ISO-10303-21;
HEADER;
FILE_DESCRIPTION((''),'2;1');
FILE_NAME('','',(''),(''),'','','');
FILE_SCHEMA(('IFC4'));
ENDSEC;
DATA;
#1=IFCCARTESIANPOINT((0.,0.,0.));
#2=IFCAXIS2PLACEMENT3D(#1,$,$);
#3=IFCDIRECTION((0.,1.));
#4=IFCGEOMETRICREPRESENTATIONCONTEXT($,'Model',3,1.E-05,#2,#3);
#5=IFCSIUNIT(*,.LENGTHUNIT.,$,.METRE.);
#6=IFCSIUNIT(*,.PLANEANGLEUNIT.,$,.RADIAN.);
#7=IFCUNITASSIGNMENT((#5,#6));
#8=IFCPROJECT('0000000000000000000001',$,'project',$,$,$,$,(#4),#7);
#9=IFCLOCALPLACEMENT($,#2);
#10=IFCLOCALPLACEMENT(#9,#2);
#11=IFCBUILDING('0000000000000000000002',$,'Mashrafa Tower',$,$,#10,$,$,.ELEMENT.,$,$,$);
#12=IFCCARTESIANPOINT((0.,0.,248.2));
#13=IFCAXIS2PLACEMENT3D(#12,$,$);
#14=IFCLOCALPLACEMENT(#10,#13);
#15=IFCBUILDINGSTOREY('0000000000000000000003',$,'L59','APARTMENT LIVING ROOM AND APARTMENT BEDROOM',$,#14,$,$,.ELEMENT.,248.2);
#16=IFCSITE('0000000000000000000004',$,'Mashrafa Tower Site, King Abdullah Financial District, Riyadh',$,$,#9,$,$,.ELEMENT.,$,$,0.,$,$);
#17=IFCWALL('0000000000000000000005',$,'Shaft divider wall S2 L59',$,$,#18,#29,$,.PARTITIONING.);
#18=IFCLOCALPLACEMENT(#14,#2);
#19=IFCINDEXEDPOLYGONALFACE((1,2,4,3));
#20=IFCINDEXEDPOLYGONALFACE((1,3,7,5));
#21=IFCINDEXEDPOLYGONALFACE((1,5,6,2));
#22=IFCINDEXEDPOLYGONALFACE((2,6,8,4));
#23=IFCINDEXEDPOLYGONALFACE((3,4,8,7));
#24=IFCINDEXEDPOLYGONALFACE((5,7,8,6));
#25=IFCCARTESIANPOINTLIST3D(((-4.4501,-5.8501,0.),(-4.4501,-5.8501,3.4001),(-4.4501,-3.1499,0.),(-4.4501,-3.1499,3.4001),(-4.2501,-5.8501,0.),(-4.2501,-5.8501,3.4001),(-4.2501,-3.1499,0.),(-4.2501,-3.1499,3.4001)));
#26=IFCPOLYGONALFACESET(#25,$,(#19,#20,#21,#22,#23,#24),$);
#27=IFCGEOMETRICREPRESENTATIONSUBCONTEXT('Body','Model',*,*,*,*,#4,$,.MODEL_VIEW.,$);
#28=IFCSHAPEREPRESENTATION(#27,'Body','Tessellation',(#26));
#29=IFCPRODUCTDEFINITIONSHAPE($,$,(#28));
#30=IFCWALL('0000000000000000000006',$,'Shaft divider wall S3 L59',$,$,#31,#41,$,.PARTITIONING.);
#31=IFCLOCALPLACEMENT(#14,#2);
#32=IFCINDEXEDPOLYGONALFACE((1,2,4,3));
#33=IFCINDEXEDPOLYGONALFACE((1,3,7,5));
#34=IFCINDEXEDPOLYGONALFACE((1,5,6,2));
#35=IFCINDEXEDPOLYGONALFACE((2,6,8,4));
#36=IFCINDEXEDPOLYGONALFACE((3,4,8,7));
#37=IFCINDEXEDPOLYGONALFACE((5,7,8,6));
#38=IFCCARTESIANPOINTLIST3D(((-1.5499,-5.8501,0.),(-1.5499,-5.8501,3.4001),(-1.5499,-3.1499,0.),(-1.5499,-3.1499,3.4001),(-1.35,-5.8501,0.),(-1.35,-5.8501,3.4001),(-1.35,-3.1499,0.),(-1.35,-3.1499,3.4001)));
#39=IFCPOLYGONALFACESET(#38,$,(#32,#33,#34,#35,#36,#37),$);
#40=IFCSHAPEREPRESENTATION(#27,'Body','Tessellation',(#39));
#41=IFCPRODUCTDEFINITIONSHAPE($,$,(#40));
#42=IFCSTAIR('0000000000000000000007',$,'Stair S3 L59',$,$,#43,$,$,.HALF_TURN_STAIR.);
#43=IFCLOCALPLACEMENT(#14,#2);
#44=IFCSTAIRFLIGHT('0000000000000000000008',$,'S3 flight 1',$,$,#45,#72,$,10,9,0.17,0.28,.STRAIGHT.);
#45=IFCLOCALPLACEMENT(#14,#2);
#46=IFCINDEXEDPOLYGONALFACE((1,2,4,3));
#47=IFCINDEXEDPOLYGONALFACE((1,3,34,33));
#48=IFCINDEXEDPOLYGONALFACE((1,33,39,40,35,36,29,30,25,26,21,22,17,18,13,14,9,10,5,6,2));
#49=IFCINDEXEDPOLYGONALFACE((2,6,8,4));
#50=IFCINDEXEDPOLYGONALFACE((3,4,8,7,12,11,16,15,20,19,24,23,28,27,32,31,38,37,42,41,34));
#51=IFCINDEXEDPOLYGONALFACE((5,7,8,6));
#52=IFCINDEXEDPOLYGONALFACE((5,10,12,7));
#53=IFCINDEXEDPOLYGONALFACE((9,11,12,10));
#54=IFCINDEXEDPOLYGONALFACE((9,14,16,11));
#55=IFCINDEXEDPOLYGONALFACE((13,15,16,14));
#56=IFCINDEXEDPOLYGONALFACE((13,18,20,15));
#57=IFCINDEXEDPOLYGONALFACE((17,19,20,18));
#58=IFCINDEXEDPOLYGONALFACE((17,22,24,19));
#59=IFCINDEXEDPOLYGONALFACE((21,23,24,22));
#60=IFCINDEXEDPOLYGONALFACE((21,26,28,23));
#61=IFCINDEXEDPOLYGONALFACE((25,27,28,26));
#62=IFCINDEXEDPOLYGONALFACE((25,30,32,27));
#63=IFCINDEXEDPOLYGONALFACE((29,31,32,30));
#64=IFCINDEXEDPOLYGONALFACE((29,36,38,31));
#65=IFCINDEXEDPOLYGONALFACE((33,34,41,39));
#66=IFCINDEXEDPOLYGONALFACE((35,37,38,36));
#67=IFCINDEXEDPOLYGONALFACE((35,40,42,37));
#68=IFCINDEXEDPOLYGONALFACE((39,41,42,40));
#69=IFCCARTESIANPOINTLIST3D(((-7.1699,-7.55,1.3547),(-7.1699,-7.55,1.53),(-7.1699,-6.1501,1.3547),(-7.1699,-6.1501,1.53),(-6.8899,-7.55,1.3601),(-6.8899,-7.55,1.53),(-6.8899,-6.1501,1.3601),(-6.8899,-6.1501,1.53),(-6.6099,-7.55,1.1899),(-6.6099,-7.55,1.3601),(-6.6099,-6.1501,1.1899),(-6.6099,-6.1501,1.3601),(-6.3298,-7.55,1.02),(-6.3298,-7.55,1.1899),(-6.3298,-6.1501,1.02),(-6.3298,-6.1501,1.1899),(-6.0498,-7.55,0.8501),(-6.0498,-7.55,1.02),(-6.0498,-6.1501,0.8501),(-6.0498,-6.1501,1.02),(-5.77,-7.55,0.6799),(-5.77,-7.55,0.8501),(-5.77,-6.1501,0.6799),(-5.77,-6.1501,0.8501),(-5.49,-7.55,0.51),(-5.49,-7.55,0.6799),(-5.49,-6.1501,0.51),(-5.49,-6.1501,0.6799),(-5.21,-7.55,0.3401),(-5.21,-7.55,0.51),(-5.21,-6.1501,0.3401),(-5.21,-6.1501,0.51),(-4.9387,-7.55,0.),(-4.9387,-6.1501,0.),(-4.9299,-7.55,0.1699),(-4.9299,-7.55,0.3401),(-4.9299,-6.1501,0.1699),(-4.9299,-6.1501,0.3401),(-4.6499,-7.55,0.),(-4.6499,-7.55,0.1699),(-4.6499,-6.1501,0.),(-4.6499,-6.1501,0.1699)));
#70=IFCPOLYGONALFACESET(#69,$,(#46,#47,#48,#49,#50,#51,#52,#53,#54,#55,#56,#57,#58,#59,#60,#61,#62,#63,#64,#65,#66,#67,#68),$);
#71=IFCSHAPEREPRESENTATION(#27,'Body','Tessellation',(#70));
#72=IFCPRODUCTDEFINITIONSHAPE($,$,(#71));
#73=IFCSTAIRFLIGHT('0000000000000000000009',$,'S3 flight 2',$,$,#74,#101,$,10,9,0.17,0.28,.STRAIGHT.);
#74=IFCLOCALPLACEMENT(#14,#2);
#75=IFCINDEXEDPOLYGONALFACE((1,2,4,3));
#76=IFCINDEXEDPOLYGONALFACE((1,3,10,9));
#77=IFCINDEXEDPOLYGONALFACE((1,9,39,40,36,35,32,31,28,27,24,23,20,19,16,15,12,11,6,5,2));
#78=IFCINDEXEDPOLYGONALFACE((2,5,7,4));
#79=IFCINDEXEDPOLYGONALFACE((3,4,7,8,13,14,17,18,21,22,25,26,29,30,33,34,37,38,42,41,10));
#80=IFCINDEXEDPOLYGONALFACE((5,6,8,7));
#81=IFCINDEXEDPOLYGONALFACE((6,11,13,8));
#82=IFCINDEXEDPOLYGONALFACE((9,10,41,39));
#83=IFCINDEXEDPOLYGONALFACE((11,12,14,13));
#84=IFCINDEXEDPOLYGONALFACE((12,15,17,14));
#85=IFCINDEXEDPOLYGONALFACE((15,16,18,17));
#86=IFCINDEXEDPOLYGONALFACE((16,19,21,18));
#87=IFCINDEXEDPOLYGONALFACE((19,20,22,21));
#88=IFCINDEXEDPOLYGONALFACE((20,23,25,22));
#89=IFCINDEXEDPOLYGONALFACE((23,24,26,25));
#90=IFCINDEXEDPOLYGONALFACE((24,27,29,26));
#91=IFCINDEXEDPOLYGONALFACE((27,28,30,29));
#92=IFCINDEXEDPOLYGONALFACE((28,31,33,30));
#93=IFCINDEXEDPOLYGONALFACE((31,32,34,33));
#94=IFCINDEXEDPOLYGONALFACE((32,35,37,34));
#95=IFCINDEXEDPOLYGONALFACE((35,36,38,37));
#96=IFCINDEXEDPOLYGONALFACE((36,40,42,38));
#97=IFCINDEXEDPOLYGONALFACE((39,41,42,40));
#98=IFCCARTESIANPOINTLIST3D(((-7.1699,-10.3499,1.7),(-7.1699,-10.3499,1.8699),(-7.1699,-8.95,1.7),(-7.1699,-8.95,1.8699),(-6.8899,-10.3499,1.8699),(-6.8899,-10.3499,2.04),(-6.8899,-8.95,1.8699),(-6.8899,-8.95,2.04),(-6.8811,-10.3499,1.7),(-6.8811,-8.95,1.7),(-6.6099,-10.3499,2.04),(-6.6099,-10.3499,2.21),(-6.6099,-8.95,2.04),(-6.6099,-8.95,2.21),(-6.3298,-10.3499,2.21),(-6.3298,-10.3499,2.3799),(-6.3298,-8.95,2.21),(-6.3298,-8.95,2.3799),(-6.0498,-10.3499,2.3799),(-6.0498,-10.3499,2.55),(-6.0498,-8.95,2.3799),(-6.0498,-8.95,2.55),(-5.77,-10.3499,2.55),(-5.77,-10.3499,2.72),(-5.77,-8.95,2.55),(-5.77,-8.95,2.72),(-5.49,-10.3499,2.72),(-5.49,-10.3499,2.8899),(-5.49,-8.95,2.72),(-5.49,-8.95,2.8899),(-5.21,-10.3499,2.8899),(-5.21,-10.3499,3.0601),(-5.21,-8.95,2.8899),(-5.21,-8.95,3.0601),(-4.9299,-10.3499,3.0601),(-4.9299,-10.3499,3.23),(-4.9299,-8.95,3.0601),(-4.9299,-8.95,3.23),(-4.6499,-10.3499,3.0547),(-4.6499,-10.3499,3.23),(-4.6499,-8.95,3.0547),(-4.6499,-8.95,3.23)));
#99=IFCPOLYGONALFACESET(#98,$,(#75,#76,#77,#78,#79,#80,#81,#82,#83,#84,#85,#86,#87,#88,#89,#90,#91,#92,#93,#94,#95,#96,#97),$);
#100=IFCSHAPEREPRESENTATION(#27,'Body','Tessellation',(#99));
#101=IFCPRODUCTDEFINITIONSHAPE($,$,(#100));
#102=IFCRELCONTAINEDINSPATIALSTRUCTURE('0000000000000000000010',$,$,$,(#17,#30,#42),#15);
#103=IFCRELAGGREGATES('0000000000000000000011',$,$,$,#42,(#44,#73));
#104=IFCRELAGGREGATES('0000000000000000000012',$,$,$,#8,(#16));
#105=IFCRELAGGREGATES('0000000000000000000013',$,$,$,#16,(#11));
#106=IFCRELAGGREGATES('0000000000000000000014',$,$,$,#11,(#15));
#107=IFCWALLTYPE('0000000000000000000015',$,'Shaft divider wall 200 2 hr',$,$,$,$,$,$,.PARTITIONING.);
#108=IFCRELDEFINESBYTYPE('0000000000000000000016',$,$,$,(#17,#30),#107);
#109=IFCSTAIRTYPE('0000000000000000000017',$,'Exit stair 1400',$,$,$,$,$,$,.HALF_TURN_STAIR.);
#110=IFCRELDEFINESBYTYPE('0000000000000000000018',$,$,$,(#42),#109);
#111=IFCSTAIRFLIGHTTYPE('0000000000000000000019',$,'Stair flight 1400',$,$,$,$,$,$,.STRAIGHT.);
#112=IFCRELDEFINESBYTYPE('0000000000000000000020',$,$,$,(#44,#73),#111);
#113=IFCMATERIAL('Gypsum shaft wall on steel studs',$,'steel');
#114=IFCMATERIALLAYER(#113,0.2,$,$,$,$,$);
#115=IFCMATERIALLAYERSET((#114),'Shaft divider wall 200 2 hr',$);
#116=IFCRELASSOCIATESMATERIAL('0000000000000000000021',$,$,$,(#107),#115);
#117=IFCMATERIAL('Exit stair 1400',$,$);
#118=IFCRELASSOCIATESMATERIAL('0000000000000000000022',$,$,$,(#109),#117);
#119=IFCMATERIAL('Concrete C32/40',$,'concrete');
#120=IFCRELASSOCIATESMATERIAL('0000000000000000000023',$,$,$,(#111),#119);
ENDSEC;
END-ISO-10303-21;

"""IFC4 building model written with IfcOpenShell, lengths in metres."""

from ifc_helpers import new_model, si_unit, direction, frame, frame_2d, origin, place, context, subcontext, project, spatial, polyline, rectangle, outline, extrude, material, layer, layer_set, type_object, element, aggregate, save


model = new_model("IFC4")

# Units and contexts
model_context = context("Model", 3, precision=1e-05, world=origin(), true_north=direction((0.0, 1.0)))
body_context = subcontext(model_context, "Body", "Model", "MODEL_VIEW")
ifc_project = project(units=[si_unit("LENGTHUNIT", "METRE"), si_unit("PLANEANGLEUNIT", "RADIAN")], contexts=[model_context])

# Site, building, storey
site_placement = place(None, origin())
site = spatial("IfcSite", under=ifc_project, at=site_placement, Name="Mashrafa Tower Site, King Abdullah Financial District, Riyadh", CompositionType="ELEMENT", RefElevation=0.0)
building_placement = place(site_placement, origin())
building = spatial("IfcBuilding", under=site, at=building_placement, Name="Mashrafa Tower", CompositionType="ELEMENT")
storey_placement = place(building_placement, frame((0.0, 0.0, 248.2)))
storey = spatial("IfcBuildingStorey", under=building, at=storey_placement, Name="L59", Description="APARTMENT LIVING ROOM AND APARTMENT BEDROOM", CompositionType="ELEMENT", Elevation=248.2)

# Walls
ifc_material_1 = material(Name="Gypsum shaft wall on steel studs", Category="steel")
ifc_layer_1 = layer(ifc_material_1, 0.2)
ifc_layer_set_1 = layer_set([ifc_layer_1], Name="Shaft divider wall 200 2 hr")
wall_type_1 = type_object("IfcWallType", Name="Shaft divider wall 200 2 hr", PredefinedType="PARTITIONING", material=ifc_layer_set_1)
for number, where, z_axis, x_axis, name in (
    (1, (-4.3501, -5.8501, 0.0), (0.0, 0.0, 1.0), (0.0, 1.0, 0.0), "Shaft divider wall S2 L59"),
    (2, (-1.45, -5.8501, 0.0), (0.0, 0.0, 1.0), (0.0, 1.0, 0.0), "Shaft divider wall S3 L59"),
):
    element("IfcWall", number, at=place(storey_placement, frame(where, z_axis=z_axis, x_axis=x_axis)), inside=storey, type_object=wall_type_1, Name=name, PredefinedType="PARTITIONING", context=body_context, shape_type="SweptSolid", body=[
        extrude(rectangle(XDim=2.7002, YDim=0.2, at=frame_2d((1.3501, 0.0))), origin(), (0.0, 0.0, 1.0), 3.4001),
    ])

# Stair, stair flights
ifc_material_2 = material(Name="Exit stair 1400")
stair_type = type_object("IfcStairType", Name="Exit stair 1400", PredefinedType="HALF_TURN_STAIR", material=ifc_material_2)
stair_placement = place(storey_placement, origin())
stair = element("IfcStair", 3, at=stair_placement, inside=storey, type_object=stair_type, Name="Stair S3 L59", PredefinedType="HALF_TURN_STAIR")
ifc_material_3 = material(Name="Concrete C32/40", Category="concrete")
stair_flight_type = type_object("IfcStairFlightType", Name="Stair flight 1400", PredefinedType="STRAIGHT", material=ifc_material_3)
stair_flight_1_placement = place(storey_placement, frame((-4.6499, -6.8501, 0.0), z_axis=(0.0, 0.0, 1.0), x_axis=(-1.0, 0.0, 0.0)))
stair_flight_1 = element("IfcStairFlight", 4, at=stair_flight_1_placement, type_object=stair_flight_type, Name="S3 flight 1", NumberOfRisers=10, NumberOfTreads=9, PredefinedType="STRAIGHT", RiserHeight=0.17, TreadLength=0.28, context=body_context, shape_type="SweptSolid", body=[
    extrude(outline(polyline([(0.0, 0.0), (0.0, 0.1699), (0.28, 0.1699), (0.28, 0.3401), (0.5601, 0.3401), (0.5601, 0.51), (0.8401, 0.51), (0.8401, 0.6799), (1.1201, 0.6799), (1.1201, 0.8501), (1.3999, 0.8501), (1.3999, 1.02), (1.6799, 1.02), (1.6799, 1.1899), (1.96, 1.1899), (1.96, 1.3601), (2.24, 1.3601), (2.24, 1.53), (2.52, 1.53), (2.52, 1.7), (2.52, 1.3547), (0.2888, 0.0), (0.0, 0.0)])), frame((0.0, 0.7, 0.0), z_axis=(0.0, -1.0, 0.0), x_axis=(1.0, 0.0, 0.0)), (0.0, 0.0, 1.0), 1.3999),
])
stair_flight_2_placement = place(storey_placement, frame((-7.1699, -9.6499, 1.7), z_axis=(0.0, 0.0, 1.0), x_axis=(1.0, 0.0, 0.0)))
stair_flight_2 = element("IfcStairFlight", 5, at=stair_flight_2_placement, type_object=stair_flight_type, Name="S3 flight 2", NumberOfRisers=10, NumberOfTreads=9, PredefinedType="STRAIGHT", RiserHeight=0.17, TreadLength=0.28, context=body_context, shape_type="SweptSolid", body=[
    extrude(outline(polyline([(0.0, 0.0), (0.0, 0.1699), (0.28, 0.1699), (0.28, 0.3401), (0.5601, 0.3401), (0.5601, 0.51), (0.8401, 0.51), (0.8401, 0.6799), (1.1201, 0.6799), (1.1201, 0.8501), (1.3999, 0.8501), (1.3999, 1.02), (1.6799, 1.02), (1.6799, 1.1899), (1.96, 1.1899), (1.96, 1.3601), (2.24, 1.3601), (2.24, 1.53), (2.52, 1.53), (2.52, 1.7), (2.52, 1.3547), (0.2888, 0.0), (0.0, 0.0)])), frame((0.0, 0.7, 0.0), z_axis=(0.0, -1.0, 0.0), x_axis=(1.0, 0.0, 0.0)), (0.0, 0.0, 1.0), 1.3999),
])
aggregate(stair, [stair_flight_1, stair_flight_2])

save(model, "model.ifc")
